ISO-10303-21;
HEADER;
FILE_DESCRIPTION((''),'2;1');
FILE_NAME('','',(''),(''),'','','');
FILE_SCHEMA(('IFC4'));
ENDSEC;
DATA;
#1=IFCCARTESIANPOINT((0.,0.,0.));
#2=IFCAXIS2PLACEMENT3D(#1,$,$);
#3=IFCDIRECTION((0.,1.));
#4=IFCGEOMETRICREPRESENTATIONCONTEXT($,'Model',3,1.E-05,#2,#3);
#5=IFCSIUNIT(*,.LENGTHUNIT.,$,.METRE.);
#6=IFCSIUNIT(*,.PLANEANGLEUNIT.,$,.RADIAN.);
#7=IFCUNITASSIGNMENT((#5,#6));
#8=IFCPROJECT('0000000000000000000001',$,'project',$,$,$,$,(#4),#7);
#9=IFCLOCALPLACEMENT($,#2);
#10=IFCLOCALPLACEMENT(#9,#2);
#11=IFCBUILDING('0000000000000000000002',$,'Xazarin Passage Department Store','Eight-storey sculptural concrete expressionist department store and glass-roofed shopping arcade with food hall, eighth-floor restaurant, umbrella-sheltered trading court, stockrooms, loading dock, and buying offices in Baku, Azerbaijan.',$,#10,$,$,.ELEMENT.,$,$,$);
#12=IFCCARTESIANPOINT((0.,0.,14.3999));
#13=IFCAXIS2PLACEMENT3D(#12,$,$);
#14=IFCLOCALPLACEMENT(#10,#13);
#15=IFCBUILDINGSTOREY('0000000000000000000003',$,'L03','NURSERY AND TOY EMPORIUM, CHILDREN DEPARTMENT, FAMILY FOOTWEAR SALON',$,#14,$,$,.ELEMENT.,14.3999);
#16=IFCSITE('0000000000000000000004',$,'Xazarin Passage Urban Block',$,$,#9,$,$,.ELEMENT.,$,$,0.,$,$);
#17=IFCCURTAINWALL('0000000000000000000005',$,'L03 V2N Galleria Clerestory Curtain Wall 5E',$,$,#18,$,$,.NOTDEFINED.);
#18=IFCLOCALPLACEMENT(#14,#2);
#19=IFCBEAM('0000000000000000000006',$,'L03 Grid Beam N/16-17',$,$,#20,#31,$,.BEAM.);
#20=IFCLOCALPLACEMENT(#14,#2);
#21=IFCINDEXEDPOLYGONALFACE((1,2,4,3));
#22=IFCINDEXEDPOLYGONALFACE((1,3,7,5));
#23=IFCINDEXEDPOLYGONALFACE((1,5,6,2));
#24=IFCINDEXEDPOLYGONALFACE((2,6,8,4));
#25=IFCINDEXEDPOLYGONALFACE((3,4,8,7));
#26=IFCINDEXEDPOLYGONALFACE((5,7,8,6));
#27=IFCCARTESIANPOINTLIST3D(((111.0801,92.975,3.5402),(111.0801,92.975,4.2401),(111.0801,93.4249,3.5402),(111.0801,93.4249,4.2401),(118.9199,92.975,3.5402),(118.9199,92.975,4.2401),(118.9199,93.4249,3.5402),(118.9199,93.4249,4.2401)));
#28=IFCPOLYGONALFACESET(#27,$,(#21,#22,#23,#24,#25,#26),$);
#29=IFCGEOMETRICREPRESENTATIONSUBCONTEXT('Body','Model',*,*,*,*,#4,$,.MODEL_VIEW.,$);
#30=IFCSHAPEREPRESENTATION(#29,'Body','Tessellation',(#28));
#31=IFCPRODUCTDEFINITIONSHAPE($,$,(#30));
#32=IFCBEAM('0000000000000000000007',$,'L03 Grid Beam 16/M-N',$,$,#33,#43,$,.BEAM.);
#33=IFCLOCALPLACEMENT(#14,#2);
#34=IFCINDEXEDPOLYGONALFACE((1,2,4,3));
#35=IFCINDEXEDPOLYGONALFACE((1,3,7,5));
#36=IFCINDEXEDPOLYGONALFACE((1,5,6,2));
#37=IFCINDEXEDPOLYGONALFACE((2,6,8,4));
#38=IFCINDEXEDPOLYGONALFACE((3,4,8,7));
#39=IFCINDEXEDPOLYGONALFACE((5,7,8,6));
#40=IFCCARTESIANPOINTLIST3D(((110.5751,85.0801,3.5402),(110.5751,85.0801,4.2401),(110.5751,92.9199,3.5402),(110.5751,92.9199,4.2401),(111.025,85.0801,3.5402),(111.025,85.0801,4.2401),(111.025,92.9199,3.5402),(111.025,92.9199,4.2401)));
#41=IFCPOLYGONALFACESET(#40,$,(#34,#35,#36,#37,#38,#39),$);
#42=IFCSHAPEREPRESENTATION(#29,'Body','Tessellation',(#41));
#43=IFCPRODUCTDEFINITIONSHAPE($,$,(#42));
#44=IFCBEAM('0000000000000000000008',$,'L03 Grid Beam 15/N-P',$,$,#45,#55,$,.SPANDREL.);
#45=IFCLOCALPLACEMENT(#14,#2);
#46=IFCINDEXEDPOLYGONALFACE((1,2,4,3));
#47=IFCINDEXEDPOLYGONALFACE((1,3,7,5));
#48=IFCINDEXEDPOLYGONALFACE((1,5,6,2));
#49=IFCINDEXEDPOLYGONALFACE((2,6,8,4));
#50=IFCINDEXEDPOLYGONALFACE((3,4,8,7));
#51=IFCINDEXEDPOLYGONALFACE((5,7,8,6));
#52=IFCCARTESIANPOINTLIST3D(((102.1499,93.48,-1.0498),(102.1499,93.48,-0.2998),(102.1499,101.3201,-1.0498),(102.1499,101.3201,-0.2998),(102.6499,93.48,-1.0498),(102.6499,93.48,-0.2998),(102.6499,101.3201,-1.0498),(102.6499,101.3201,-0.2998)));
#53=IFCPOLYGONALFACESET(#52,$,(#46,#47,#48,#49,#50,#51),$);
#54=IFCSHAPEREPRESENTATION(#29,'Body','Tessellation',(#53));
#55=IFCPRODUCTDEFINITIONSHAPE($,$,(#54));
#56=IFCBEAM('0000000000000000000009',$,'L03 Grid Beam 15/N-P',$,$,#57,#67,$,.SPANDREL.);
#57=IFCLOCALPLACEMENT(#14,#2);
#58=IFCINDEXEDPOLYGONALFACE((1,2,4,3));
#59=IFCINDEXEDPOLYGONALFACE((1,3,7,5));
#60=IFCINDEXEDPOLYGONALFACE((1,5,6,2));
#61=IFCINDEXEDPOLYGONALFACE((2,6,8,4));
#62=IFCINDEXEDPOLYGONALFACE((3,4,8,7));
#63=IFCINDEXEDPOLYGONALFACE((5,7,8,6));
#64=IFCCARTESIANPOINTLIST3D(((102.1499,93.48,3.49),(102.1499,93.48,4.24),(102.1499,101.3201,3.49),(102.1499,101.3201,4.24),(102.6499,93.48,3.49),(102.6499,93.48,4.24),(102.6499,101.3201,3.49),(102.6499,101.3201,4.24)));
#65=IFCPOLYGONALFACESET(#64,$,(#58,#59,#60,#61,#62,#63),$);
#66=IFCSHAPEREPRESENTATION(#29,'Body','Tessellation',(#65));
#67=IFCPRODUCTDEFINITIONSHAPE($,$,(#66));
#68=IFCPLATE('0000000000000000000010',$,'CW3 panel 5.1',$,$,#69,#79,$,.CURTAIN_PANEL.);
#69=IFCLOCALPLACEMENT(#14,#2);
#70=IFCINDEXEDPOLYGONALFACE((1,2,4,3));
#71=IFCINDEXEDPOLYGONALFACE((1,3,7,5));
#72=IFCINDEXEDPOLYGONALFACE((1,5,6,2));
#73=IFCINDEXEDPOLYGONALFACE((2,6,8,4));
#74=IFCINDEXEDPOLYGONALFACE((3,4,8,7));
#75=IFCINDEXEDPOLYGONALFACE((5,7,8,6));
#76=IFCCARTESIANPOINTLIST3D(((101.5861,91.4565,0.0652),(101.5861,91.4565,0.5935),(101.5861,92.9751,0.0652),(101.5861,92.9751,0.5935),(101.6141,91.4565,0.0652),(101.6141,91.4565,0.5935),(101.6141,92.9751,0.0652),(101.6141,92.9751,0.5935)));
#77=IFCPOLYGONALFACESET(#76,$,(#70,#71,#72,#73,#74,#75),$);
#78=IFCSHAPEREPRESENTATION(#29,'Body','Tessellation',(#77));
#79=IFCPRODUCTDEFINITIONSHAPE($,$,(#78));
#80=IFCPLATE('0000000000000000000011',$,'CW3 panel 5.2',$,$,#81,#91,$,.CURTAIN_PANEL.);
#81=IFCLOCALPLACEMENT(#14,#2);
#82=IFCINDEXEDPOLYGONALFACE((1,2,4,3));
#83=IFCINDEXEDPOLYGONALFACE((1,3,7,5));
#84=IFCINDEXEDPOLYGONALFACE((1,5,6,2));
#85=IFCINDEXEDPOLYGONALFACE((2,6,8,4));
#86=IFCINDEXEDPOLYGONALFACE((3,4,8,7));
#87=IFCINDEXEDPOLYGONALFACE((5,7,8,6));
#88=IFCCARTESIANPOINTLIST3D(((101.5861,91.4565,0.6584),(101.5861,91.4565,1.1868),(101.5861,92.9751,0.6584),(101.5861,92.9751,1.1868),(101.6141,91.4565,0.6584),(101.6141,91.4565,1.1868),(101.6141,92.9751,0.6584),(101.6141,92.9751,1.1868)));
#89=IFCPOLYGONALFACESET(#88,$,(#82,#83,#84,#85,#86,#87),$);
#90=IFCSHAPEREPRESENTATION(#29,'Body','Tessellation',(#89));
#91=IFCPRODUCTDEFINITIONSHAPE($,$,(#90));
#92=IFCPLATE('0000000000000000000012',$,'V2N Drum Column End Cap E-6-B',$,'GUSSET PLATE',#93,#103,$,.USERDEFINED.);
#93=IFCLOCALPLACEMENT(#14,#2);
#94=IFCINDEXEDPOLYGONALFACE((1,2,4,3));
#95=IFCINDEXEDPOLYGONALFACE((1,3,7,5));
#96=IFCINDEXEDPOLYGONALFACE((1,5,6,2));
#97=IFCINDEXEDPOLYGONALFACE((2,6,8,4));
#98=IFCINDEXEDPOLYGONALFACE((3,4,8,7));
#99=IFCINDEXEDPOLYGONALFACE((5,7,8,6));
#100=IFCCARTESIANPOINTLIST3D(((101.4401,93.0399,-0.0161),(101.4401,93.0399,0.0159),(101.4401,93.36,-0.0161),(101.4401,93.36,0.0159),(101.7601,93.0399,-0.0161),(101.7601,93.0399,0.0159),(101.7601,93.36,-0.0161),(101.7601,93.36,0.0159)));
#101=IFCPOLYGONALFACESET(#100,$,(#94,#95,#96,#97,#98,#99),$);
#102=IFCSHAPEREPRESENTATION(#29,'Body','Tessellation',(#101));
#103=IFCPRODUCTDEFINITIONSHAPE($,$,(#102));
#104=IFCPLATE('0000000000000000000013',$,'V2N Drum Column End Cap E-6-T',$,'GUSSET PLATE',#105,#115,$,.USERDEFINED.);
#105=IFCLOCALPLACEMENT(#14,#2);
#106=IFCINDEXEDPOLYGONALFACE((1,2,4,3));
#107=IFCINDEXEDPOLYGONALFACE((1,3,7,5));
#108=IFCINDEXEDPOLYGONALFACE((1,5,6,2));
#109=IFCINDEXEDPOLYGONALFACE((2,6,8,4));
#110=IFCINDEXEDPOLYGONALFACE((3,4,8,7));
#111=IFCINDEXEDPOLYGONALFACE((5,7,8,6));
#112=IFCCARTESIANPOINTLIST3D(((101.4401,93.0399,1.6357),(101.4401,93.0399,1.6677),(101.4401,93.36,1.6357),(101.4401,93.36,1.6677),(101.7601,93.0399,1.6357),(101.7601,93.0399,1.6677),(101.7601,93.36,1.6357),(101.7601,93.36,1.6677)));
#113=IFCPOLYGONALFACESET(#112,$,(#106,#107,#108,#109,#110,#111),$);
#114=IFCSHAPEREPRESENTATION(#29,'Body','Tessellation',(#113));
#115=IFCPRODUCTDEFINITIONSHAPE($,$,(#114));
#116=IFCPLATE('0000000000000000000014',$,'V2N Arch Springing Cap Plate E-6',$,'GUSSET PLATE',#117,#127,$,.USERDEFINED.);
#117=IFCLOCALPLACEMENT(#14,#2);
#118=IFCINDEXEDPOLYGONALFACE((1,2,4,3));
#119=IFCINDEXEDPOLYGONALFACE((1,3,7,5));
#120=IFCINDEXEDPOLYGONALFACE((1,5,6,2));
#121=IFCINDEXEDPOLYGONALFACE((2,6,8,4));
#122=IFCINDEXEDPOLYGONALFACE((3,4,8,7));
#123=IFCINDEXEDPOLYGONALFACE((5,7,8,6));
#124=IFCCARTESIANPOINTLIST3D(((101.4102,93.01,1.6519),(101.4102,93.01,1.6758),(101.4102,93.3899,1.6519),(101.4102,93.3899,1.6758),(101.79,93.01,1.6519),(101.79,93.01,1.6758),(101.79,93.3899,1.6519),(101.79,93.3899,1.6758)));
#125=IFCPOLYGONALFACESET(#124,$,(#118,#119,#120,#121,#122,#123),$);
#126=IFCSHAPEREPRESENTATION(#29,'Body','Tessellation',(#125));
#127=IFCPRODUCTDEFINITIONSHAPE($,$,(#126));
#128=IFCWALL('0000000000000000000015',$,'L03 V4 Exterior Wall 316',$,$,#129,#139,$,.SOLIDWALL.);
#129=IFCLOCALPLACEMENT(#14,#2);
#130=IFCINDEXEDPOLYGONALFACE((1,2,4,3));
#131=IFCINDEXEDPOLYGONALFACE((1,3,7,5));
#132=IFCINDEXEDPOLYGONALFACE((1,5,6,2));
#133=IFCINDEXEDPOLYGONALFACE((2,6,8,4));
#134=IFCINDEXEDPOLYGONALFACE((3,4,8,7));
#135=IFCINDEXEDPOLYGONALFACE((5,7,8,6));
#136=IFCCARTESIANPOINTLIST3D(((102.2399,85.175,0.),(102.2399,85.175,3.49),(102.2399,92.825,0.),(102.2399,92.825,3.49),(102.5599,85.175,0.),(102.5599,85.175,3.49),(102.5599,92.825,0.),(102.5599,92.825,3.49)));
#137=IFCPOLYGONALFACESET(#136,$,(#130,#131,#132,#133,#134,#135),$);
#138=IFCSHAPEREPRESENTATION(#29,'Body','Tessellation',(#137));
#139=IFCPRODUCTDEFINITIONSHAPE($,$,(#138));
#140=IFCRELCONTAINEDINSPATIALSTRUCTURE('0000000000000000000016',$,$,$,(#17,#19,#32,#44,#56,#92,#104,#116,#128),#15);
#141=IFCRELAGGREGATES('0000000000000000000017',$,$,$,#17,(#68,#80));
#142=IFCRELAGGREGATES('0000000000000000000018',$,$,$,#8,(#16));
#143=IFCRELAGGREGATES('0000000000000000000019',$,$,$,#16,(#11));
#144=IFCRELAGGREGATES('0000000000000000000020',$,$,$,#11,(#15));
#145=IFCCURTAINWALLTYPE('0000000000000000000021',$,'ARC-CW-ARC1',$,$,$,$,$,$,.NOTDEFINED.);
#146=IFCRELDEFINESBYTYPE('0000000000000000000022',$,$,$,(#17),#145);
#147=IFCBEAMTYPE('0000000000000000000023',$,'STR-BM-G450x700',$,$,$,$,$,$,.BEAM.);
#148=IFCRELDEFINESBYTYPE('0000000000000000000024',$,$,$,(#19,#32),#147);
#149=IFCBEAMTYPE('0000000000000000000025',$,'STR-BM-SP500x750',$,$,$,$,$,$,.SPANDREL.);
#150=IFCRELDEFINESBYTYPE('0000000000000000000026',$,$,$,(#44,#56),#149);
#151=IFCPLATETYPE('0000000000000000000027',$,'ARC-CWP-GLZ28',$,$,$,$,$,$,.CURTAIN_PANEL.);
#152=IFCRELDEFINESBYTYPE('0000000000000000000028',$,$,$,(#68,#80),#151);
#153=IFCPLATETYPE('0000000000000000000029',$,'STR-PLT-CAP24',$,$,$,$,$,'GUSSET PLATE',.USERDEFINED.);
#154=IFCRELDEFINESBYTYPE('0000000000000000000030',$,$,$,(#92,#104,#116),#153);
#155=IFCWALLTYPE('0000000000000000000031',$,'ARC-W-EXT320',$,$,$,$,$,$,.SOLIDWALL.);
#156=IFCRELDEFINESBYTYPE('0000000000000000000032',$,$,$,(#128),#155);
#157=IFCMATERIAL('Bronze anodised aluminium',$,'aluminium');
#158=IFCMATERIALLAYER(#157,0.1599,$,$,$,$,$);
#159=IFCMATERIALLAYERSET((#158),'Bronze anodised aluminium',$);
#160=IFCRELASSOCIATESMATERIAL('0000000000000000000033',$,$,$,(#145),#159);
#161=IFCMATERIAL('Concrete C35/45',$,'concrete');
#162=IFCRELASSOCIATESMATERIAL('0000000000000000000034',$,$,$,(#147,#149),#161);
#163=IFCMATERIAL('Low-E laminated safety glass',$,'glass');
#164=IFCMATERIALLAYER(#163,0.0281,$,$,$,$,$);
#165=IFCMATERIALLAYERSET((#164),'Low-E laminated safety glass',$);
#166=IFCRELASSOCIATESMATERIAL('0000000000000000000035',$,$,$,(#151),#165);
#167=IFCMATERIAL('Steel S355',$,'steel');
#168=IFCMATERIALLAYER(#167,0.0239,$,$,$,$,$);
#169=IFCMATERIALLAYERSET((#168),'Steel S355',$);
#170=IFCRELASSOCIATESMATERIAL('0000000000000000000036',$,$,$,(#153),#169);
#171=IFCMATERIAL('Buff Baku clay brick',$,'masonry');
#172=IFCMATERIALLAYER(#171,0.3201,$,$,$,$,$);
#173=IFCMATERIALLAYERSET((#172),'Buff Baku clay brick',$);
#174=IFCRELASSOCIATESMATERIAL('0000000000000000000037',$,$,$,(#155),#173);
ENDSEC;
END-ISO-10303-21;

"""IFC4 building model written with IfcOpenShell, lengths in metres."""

from ifc_helpers import new_model, si_unit, direction, frame, frame_2d, origin, origin_2d, place, context, subcontext, project, spatial, rectangle, extrude, material, layer, layer_set, material_profile, profile_set, type_object, element, aggregate, save


model = new_model("IFC4")

# Units and contexts
model_context = context("Model", 3, precision=1e-05, world=origin(), true_north=direction((0.0, 1.0)))
body_context = subcontext(model_context, "Body", "Model", "MODEL_VIEW")
ifc_project = project(units=[si_unit("LENGTHUNIT", "METRE"), si_unit("PLANEANGLEUNIT", "RADIAN")], contexts=[model_context])

# Site, building, storey
site_placement = place(None, origin())
site = spatial("IfcSite", under=ifc_project, at=site_placement, Name="Xazarin Passage Urban Block", CompositionType="ELEMENT", RefElevation=0.0)
building_placement = place(site_placement, origin())
building = spatial("IfcBuilding", under=site, at=building_placement, Name="Xazarin Passage Department Store", Description="Eight-storey sculptural concrete expressionist department store and glass-roofed shopping arcade with food hall, eighth-floor restaurant, umbrella-sheltered trading court, stockrooms, loading dock, and buying offices in Baku, Azerbaijan.", CompositionType="ELEMENT")
storey_placement = place(building_placement, frame((0.0, 0.0, 14.3999)))
storey = spatial("IfcBuildingStorey", under=building, at=storey_placement, Name="L03", Description="NURSERY AND TOY EMPORIUM, CHILDREN DEPARTMENT, FAMILY FOOTWEAR SALON", CompositionType="ELEMENT", Elevation=14.3999)

# Shared definitions
ifc_material_1 = material(Name="Steel S355", Category="steel")

# Curtain wall
ifc_material_2 = material(Name="Bronze anodised aluminium", Category="aluminium")
ifc_layer_1 = layer(ifc_material_2, 0.1599)
ifc_layer_set_1 = layer_set([ifc_layer_1], Name="Bronze anodised aluminium")
curtain_wall_type = type_object("IfcCurtainWallType", Name="ARC-CW-ARC1", PredefinedType="NOTDEFINED", material=ifc_layer_set_1)
curtain_wall_placement = place(storey_placement, origin())
curtain_wall = element("IfcCurtainWall", 1, at=curtain_wall_placement, inside=storey, type_object=curtain_wall_type, Name="L03 V2N Galleria Clerestory Curtain Wall 5E", PredefinedType="NOTDEFINED")

# Beams
ifc_material_3 = material(Name="Concrete C35/45", Category="concrete")
ifc_material_profile_1 = material_profile(ifc_material_3, rectangle(XDim=0.45, YDim=0.7, at=origin_2d()), Name="RC 450x700")
ifc_profile_set_1 = profile_set([ifc_material_profile_1], Name="Concrete C35/45")
beam_type_1 = type_object("IfcBeamType", Name="STR-BM-G450x700", PredefinedType="BEAM", material=ifc_profile_set_1)
for number, where, z_axis, x_axis, name in (
    (2, (111.0801, 93.2, 3.8901), (1.0, 0.0, 0.0), (0.0, 1.0, 0.0), "L03 Grid Beam N/16-17"),
    (3, (110.8, 85.0801, 3.8901), (0.0, 1.0, 0.0), (-1.0, 0.0, 0.0), "L03 Grid Beam 16/M-N"),
):
    element("IfcBeam", number, at=place(storey_placement, frame(where, z_axis=z_axis, x_axis=x_axis)), inside=storey, type_object=beam_type_1, Name=name, PredefinedType="BEAM", context=body_context, shape_type="SweptSolid", body=[
        extrude(rectangle(XDim=0.45, YDim=0.7, at=origin_2d()), origin(), (0.0, 0.0, 1.0), 7.8398),
    ])
ifc_material_profile_2 = material_profile(ifc_material_3, rectangle(XDim=0.5, YDim=0.75, at=origin_2d()), Name="RC 500x750")
ifc_profile_set_2 = profile_set([ifc_material_profile_2], Name="Concrete C35/45")
beam_type_2 = type_object("IfcBeamType", Name="STR-BM-SP500x750", PredefinedType="SPANDREL", material=ifc_profile_set_2)
for number, where, z_axis, x_axis, name in (
    (4, (102.3999, 93.48, -0.6748), (0.0, 1.0, 0.0), (-1.0, 0.0, 0.0), "L03 Grid Beam 15/N-P"),
    (5, (102.3999, 93.48, 3.865), (0.0, 1.0, 0.0), (-1.0, 0.0, 0.0), "L03 Grid Beam 15/N-P"),
):
    element("IfcBeam", number, at=place(storey_placement, frame(where, z_axis=z_axis, x_axis=x_axis)), inside=storey, type_object=beam_type_2, Name=name, PredefinedType="SPANDREL", context=body_context, shape_type="SweptSolid", body=[
        extrude(rectangle(XDim=0.5, YDim=0.75, at=origin_2d()), origin(), (0.0, 0.0, 1.0), 7.8401),
    ])

# Plates
ifc_material_4 = material(Name="Low-E laminated safety glass", Category="glass")
ifc_layer_2 = layer(ifc_material_4, 0.0281)
ifc_layer_set_2 = layer_set([ifc_layer_2], Name="Low-E laminated safety glass")
plate_type_1 = type_object("IfcPlateType", Name="ARC-CWP-GLZ28", PredefinedType="CURTAIN_PANEL", material=ifc_layer_set_2)
plate_1_placement = place(storey_placement, frame((101.6001, 92.2158, 0.0652), z_axis=(0.0, 0.0, 1.0), x_axis=(0.0, 1.0, 0.0)))
plate_1 = element("IfcPlate", 6, at=plate_1_placement, type_object=plate_type_1, Name="CW3 panel 5.1", PredefinedType="CURTAIN_PANEL", context=body_context, shape_type="SweptSolid", body=[
    extrude(rectangle(XDim=1.5186, YDim=0.0281, at=origin_2d()), origin(), (0.0, 0.0, 1.0), 0.5283),
])
plate_2_placement = place(storey_placement, frame((101.6001, 92.2158, 0.6584), z_axis=(0.0, 0.0, 1.0), x_axis=(0.0, 1.0, 0.0)))
plate_2 = element("IfcPlate", 7, at=plate_2_placement, type_object=plate_type_1, Name="CW3 panel 5.2", PredefinedType="CURTAIN_PANEL", context=body_context, shape_type="SweptSolid", body=[
    extrude(rectangle(XDim=1.5186, YDim=0.0281, at=origin_2d()), origin(), (0.0, 0.0, 1.0), 0.5283),
])
aggregate(curtain_wall, [plate_1, plate_2])

# Plates
ifc_layer_3 = layer(ifc_material_1, 0.0239)
ifc_layer_set_3 = layer_set([ifc_layer_3], Name="Steel S355")
plate_type_2 = type_object("IfcPlateType", Name="STR-PLT-CAP24", ElementType="GUSSET PLATE", PredefinedType="USERDEFINED", material=ifc_layer_set_3)
for number, where, z_axis, x_axis, name in (
    (8, (101.6001, 93.2, -0.0161), (0.0, 0.0, 1.0), (1.0, 0.0, 0.0), "V2N Drum Column End Cap E-6-B"),
    (9, (101.6001, 93.2, 1.6357), (0.0, 0.0, 1.0), (1.0, 0.0, 0.0), "V2N Drum Column End Cap E-6-T"),
):
    element("IfcPlate", number, at=place(storey_placement, frame(where, z_axis=z_axis, x_axis=x_axis)), inside=storey, type_object=plate_type_2, Name=name, ObjectType="GUSSET PLATE", PredefinedType="USERDEFINED", context=body_context, shape_type="SweptSolid", body=[
        extrude(rectangle(XDim=0.3201, YDim=0.3201, at=origin_2d()), origin(), (0.0, 0.0, 1.0), 0.032),
    ])
plate_3_placement = place(storey_placement, frame((101.6001, 93.2, 1.6519), z_axis=(0.0, 0.0, 1.0), x_axis=(1.0, 0.0, 0.0)))
element("IfcPlate", 10, at=plate_3_placement, inside=storey, type_object=plate_type_2, Name="V2N Arch Springing Cap Plate E-6", ObjectType="GUSSET PLATE", PredefinedType="USERDEFINED", context=body_context, shape_type="SweptSolid", body=[
    extrude(rectangle(XDim=0.3799, YDim=0.3799, at=origin_2d()), origin(), (0.0, 0.0, 1.0), 0.0239),
])

# Wall
ifc_material_5 = material(Name="Buff Baku clay brick", Category="masonry")
ifc_layer_4 = layer(ifc_material_5, 0.3201)
ifc_layer_set_4 = layer_set([ifc_layer_4], Name="Buff Baku clay brick")
wall_type = type_object("IfcWallType", Name="ARC-W-EXT320", PredefinedType="SOLIDWALL", material=ifc_layer_set_4)
wall_placement = place(storey_placement, frame((102.3999, 85.175, 0.0), z_axis=(0.0, 0.0, 1.0), x_axis=(0.0, 1.0, 0.0)))
element("IfcWall", 11, at=wall_placement, inside=storey, type_object=wall_type, Name="L03 V4 Exterior Wall 316", PredefinedType="SOLIDWALL", context=body_context, shape_type="SweptSolid", body=[
    extrude(rectangle(XDim=7.6499, YDim=0.3201, at=frame_2d((3.825, 0.0))), origin(), (0.0, 0.0, 1.0), 3.49),
])

save(model, "model.ifc")
